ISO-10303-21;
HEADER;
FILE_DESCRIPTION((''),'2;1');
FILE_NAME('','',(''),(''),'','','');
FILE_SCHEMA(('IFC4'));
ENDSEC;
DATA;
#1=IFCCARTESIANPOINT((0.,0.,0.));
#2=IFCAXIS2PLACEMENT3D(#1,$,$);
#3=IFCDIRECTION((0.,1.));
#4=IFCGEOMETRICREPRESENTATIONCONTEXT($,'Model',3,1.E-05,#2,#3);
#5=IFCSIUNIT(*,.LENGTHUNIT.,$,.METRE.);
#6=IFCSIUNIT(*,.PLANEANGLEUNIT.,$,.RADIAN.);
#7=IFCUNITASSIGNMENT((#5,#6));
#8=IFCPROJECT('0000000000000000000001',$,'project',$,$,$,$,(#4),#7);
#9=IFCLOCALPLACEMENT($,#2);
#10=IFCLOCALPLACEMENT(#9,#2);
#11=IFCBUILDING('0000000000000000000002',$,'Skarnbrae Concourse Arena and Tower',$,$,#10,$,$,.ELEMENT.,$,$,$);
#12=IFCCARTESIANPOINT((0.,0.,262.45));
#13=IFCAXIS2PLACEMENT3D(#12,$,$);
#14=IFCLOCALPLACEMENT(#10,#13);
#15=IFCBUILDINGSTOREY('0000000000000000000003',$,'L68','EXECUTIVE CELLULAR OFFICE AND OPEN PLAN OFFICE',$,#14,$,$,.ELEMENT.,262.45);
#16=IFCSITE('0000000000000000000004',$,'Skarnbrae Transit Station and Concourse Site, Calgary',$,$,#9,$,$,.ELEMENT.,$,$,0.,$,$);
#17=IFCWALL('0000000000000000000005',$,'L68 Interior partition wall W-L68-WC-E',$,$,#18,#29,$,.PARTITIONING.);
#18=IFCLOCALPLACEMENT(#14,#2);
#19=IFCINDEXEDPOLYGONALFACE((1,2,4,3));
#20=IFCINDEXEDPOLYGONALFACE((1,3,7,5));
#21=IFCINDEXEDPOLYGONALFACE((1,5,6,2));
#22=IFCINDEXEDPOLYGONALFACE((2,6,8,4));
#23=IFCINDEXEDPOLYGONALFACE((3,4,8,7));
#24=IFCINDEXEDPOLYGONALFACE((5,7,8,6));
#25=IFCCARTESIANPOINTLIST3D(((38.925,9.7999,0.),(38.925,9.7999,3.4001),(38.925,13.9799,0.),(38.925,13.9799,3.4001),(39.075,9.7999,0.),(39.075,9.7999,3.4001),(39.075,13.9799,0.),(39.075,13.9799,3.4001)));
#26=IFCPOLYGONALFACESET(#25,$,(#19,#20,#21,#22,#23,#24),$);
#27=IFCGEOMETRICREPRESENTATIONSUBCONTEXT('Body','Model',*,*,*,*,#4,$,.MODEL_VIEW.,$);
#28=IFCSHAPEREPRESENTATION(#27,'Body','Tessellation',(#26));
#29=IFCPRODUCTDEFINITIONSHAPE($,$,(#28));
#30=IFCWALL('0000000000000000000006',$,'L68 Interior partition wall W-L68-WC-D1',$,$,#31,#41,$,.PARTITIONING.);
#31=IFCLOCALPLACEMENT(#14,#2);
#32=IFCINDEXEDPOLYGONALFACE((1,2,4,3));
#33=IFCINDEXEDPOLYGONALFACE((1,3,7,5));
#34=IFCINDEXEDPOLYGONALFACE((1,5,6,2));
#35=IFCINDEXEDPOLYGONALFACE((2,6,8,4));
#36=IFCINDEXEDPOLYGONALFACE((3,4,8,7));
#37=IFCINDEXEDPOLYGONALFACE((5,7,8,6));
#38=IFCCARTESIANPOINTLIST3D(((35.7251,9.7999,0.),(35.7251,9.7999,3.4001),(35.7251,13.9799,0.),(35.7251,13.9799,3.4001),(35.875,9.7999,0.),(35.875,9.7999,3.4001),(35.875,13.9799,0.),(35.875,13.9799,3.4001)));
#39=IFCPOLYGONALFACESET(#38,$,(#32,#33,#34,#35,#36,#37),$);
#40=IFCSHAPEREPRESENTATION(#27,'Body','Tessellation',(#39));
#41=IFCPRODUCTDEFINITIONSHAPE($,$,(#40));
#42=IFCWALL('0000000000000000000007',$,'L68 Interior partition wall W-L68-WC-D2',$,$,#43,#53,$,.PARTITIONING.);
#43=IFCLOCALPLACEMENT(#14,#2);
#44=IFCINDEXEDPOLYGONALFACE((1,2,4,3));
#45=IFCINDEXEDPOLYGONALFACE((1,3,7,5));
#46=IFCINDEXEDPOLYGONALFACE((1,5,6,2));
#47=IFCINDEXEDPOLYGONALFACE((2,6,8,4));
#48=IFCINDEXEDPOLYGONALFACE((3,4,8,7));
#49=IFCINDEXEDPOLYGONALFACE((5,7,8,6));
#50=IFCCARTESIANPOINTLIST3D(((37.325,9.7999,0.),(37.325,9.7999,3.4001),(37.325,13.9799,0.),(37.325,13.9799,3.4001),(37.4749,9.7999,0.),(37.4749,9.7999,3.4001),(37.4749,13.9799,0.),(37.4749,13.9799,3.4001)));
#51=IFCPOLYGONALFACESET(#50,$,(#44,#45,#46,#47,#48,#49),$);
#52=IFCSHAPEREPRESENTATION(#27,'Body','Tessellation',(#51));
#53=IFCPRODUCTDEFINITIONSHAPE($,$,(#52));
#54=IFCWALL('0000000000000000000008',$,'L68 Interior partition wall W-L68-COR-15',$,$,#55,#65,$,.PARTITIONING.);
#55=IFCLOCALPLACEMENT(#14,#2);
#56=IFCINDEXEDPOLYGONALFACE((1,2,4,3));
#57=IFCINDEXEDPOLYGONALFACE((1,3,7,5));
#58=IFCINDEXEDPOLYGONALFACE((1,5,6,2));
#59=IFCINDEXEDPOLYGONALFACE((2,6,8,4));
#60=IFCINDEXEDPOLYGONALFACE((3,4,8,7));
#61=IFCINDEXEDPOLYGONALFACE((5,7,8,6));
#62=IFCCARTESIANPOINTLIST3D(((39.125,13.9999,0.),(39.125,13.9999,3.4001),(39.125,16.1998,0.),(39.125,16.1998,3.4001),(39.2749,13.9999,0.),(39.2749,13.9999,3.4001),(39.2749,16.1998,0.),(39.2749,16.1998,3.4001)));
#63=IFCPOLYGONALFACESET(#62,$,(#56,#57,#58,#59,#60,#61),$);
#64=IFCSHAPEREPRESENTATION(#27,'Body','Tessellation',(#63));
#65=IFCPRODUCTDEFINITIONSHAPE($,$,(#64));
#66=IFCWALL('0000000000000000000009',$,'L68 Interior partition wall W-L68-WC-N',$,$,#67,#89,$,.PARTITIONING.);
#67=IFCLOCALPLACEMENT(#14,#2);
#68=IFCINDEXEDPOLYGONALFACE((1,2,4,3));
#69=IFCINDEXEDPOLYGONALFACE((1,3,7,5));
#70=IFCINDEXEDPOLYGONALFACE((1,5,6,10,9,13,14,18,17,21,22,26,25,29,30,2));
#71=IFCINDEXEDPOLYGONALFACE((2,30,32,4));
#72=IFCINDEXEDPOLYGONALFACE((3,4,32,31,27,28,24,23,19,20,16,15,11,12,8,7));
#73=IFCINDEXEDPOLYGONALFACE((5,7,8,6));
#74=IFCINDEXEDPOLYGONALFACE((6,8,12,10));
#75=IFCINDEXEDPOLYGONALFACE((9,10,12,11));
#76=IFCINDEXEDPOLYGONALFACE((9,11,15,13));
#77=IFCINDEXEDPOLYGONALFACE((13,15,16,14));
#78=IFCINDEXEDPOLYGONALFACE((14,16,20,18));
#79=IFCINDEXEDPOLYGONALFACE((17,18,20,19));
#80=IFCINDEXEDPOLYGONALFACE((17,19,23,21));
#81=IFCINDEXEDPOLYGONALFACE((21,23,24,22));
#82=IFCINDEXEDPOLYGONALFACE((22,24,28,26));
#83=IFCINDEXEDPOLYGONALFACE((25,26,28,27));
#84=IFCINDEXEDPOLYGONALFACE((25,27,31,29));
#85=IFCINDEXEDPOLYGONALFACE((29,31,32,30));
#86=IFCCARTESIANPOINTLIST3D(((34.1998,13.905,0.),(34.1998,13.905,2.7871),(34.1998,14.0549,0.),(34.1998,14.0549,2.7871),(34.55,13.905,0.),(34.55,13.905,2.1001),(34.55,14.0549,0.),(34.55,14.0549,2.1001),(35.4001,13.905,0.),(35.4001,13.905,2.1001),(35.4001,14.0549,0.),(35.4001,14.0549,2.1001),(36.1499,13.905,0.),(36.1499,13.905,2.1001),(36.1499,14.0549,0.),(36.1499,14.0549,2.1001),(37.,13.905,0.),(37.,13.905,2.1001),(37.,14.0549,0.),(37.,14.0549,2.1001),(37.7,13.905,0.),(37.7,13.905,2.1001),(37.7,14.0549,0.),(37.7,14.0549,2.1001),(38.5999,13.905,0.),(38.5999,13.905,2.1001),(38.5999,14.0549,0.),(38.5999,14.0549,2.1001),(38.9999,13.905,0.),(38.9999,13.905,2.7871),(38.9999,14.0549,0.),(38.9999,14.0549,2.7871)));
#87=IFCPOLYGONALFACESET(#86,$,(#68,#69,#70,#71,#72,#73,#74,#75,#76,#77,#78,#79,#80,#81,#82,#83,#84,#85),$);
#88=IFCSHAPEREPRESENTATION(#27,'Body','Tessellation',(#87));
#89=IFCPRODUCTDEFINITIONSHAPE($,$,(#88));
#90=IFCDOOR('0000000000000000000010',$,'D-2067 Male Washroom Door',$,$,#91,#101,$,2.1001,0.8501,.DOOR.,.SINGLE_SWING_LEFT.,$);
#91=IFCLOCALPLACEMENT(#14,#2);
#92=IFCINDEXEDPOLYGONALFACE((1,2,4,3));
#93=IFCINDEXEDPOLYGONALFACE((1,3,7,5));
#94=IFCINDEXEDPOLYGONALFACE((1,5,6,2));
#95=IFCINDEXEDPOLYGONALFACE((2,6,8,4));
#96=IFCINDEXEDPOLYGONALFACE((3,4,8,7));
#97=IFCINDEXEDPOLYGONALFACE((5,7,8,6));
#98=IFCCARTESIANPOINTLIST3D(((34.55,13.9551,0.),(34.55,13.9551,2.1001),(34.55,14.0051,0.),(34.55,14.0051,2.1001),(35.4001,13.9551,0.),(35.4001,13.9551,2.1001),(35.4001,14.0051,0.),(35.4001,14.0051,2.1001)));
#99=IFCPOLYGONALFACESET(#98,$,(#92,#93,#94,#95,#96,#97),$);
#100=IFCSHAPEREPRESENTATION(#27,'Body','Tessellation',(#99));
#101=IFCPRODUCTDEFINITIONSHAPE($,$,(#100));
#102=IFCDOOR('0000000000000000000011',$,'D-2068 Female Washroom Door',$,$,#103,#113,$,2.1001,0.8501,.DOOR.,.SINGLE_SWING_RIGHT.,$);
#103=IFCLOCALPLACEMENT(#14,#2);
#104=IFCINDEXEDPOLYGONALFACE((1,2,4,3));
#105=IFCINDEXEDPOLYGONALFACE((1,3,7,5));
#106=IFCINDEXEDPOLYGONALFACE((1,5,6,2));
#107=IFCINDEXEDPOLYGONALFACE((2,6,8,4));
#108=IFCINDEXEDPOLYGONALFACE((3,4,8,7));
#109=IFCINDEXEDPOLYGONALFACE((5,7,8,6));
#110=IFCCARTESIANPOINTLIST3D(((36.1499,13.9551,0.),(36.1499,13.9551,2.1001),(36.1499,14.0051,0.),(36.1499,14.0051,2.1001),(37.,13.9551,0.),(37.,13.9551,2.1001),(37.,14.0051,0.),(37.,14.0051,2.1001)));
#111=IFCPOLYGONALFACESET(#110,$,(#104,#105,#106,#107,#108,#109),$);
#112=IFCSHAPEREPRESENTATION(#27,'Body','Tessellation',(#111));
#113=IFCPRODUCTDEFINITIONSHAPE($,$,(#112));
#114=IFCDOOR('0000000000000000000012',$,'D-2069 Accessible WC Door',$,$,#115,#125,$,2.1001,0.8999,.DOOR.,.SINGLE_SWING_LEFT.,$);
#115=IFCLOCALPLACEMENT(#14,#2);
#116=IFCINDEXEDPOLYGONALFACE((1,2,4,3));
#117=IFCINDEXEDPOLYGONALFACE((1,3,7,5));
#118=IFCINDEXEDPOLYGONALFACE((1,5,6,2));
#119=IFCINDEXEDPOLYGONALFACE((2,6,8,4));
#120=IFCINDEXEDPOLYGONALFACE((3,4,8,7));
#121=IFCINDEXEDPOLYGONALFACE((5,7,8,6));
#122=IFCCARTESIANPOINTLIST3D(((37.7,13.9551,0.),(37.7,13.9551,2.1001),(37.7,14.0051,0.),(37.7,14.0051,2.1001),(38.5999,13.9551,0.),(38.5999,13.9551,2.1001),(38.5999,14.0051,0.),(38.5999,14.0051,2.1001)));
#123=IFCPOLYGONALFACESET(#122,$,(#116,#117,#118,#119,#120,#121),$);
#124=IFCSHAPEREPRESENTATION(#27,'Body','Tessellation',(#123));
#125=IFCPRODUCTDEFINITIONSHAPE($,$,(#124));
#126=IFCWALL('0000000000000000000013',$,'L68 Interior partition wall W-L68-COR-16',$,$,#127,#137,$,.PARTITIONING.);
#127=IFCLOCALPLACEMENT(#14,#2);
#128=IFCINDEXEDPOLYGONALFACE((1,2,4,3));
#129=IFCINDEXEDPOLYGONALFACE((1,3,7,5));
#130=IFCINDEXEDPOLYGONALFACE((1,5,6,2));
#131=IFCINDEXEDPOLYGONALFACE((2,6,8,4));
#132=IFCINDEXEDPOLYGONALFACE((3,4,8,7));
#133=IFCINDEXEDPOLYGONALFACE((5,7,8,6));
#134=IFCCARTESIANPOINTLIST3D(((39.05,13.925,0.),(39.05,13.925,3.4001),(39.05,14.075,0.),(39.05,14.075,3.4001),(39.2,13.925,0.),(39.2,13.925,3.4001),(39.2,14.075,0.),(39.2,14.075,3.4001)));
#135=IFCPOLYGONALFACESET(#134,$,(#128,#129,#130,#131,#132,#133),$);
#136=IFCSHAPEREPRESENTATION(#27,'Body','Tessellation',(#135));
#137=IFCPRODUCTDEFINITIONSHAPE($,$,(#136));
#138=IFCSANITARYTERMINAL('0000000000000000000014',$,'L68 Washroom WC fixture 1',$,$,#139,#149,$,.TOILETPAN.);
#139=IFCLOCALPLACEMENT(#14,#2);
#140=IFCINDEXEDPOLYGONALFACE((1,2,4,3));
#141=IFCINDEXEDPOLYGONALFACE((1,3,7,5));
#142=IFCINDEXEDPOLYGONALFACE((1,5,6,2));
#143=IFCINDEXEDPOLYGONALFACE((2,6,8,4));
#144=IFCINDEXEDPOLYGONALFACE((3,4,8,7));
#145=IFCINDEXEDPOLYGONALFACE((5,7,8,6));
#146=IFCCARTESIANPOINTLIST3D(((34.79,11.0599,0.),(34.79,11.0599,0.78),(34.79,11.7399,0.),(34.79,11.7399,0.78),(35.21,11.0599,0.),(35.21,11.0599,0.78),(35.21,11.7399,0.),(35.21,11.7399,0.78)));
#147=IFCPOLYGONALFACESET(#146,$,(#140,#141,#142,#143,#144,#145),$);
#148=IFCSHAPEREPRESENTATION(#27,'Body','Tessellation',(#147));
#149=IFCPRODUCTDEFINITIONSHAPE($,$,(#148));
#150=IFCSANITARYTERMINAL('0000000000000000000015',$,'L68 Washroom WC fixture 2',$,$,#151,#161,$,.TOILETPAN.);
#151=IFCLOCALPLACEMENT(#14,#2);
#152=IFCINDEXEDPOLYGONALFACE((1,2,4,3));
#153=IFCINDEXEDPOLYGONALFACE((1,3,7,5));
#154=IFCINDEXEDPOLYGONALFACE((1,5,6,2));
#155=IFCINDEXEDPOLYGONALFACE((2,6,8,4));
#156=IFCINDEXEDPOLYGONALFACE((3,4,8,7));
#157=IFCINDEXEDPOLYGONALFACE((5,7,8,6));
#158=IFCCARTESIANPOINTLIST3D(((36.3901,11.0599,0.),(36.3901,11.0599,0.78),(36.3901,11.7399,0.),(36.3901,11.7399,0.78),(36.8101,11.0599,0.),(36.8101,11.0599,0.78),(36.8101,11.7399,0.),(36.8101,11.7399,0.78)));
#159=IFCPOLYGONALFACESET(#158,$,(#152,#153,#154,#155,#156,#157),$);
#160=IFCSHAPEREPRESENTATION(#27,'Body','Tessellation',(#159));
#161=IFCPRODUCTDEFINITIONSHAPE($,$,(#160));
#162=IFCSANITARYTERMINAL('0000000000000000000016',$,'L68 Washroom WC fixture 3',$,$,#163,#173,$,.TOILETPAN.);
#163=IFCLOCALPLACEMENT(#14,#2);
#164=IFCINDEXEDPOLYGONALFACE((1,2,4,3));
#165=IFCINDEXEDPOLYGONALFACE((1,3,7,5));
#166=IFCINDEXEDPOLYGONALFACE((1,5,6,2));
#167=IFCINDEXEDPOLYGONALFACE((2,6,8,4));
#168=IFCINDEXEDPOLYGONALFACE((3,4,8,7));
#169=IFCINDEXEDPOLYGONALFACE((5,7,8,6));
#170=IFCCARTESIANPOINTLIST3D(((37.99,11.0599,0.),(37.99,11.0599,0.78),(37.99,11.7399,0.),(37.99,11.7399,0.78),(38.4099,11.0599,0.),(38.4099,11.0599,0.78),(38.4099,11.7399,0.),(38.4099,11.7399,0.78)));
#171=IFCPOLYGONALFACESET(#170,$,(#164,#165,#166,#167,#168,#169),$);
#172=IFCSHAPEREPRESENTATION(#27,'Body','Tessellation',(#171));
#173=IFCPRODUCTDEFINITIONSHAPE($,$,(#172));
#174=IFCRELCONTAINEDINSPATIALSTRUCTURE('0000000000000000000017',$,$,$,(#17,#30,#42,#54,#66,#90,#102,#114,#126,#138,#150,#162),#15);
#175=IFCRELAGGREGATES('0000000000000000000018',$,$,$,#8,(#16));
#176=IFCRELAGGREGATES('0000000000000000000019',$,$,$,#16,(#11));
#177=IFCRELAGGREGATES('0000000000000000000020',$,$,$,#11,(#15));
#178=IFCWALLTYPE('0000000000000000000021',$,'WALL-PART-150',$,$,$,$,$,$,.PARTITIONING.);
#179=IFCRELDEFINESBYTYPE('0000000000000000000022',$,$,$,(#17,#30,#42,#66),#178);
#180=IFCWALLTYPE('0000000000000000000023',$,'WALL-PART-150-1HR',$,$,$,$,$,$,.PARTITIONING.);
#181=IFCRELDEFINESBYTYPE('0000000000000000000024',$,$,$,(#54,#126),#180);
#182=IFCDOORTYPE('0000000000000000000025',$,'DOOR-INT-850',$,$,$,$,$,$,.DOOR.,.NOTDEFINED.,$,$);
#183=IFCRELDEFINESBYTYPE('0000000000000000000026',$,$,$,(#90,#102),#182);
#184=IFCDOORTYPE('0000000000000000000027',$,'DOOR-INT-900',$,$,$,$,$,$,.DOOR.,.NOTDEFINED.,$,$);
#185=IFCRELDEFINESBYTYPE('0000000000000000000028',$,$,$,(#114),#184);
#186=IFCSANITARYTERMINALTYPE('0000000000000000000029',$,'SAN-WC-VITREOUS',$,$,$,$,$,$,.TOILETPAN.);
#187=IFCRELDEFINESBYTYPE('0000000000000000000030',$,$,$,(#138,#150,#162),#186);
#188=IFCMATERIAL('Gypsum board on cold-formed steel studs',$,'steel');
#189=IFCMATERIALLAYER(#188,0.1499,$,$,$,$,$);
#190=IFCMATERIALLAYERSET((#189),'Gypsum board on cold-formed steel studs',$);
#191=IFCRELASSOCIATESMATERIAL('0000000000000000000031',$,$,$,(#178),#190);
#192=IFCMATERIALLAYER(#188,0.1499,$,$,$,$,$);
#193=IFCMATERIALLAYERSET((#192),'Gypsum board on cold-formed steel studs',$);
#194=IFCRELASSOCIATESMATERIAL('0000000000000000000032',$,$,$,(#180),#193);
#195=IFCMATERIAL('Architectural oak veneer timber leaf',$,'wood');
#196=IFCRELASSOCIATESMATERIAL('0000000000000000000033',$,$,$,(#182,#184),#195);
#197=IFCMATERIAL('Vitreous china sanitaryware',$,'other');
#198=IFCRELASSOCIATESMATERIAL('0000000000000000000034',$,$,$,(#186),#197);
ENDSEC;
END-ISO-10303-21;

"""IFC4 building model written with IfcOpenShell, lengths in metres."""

from ifc_helpers import new_model, si_unit, direction, frame, frame_2d, origin, origin_2d, place, context, subcontext, project, spatial, rectangle, extrude, source, transform, mapped, material, layer, layer_set, type_object, element, fill, save


model = new_model("IFC4")

# Units and contexts
model_context = context("Model", 3, precision=1e-05, world=origin(), true_north=direction((0.0, 1.0)))
body_context = subcontext(model_context, "Body", "Model", "MODEL_VIEW")
ifc_project = project(units=[si_unit("LENGTHUNIT", "METRE"), si_unit("PLANEANGLEUNIT", "RADIAN")], contexts=[model_context])

# Site, building, storey
site_placement = place(None, origin())
site = spatial("IfcSite", under=ifc_project, at=site_placement, Name="Skarnbrae Transit Station and Concourse Site, Calgary", CompositionType="ELEMENT", RefElevation=0.0)
building_placement = place(site_placement, origin())
building = spatial("IfcBuilding", under=site, at=building_placement, Name="Skarnbrae Concourse Arena and Tower", CompositionType="ELEMENT")
storey_placement = place(building_placement, frame((0.0, 0.0, 262.45)))
storey = spatial("IfcBuildingStorey", under=building, at=storey_placement, Name="L68", Description="EXECUTIVE CELLULAR OFFICE AND OPEN PLAN OFFICE", CompositionType="ELEMENT", Elevation=262.45)

# Walls
ifc_material_1 = material(Name="Gypsum board on cold-formed steel studs", Category="steel")
ifc_layer_1 = layer(ifc_material_1, 0.1499)
ifc_layer_set_1 = layer_set([ifc_layer_1], Name="Gypsum board on cold-formed steel studs")
wall_type_1 = type_object("IfcWallType", Name="WALL-PART-150", PredefinedType="PARTITIONING", material=ifc_layer_set_1)
shared_shape_1 = source(origin(), body_context, "Body", "SweptSolid", [
    extrude(rectangle(XDim=4.1799, YDim=0.1499, at=frame_2d((2.0898, 0.0))), origin(), (0.0, 0.0, 1.0), 3.4001),
])
for number, where, z_axis, x_axis, name in (
    (1, (39.0, 9.8, 0.0), (0.0, 0.0, 1.0), (0.0, 1.0, 0.0), "L68 Interior partition wall W-L68-WC-E"),
    (2, (35.8, 9.8, 0.0), (0.0, 0.0, 1.0), (0.0, 1.0, 0.0), "L68 Interior partition wall W-L68-WC-D1"),
    (3, (37.3999, 9.8, 0.0), (0.0, 0.0, 1.0), (0.0, 1.0, 0.0), "L68 Interior partition wall W-L68-WC-D2"),
):
    element("IfcWall", number, at=place(storey_placement, frame(where, z_axis=z_axis, x_axis=x_axis)), inside=storey, type_object=wall_type_1, Name=name, PredefinedType="PARTITIONING", context=body_context, shape_type="MappedRepresentation", body=[
        mapped(shared_shape_1, transform((0.0, 0.0, 0.0))),
    ])
ifc_layer_2 = layer(ifc_material_1, 0.1499)
ifc_layer_set_2 = layer_set([ifc_layer_2], Name="Gypsum board on cold-formed steel studs")
wall_type_2 = type_object("IfcWallType", Name="WALL-PART-150-1HR", PredefinedType="PARTITIONING", material=ifc_layer_set_2)
shared_shape_2 = source(origin(), body_context, "Body", "SweptSolid", [
    extrude(rectangle(XDim=2.2, YDim=0.1499, at=frame_2d((1.1001, 0.0))), origin(), (0.0, 0.0, 1.0), 3.4001),
])
wall_1_placement = place(storey_placement, frame((39.2, 16.2, 0.0), z_axis=(0.0, 0.0, 1.0), x_axis=(0.0, -1.0, 0.0)))
element("IfcWall", 4, at=wall_1_placement, inside=storey, type_object=wall_type_2, Name="L68 Interior partition wall W-L68-COR-15", PredefinedType="PARTITIONING", context=body_context, shape_type="MappedRepresentation", body=[
    mapped(shared_shape_2, transform((0.0, 0.0, 0.0))),
])

# Wall, openings, doors
shared_shape_3 = source(origin(), body_context, "Body", "SweptSolid", [
    extrude(rectangle(XDim=4.8, YDim=0.1499, at=frame_2d((2.3999, 0.0))), origin(), (0.0, 0.0, 1.0), 2.7871),
])
wall_2_placement = place(storey_placement, frame((34.2, 13.98, 0.0), z_axis=(0.0, 0.0, 1.0), x_axis=(1.0, 0.0, 0.0)))
wall_2 = element("IfcWall", 5, at=wall_2_placement, inside=storey, type_object=wall_type_1, Name="L68 Interior partition wall W-L68-WC-N", PredefinedType="PARTITIONING", context=body_context, shape_type="MappedRepresentation", body=[
    mapped(shared_shape_3, transform((0.0, 0.0, 0.0))),
])
opening_1_placement = place(wall_2_placement, frame((0.3501, 0.0, 0.0)))
opening_1 = element("IfcOpeningElement", 6, at=opening_1_placement, cuts=wall_2, PredefinedType="OPENING", context=body_context, shape_type="SweptSolid", body=[
    extrude(rectangle(XDim=0.8501, YDim=2.1001, at=frame_2d((0.425, 1.05))), frame((0.0, 0.085, 0.0), z_axis=(0.0, -1.0, 0.0), x_axis=(1.0, 0.0, 0.0)), (0.0, 0.0, 1.0), 0.1699),
])
opening_2_placement = place(wall_2_placement, frame((1.95, 0.0, 0.0)))
opening_2 = element("IfcOpeningElement", 7, at=opening_2_placement, cuts=wall_2, PredefinedType="OPENING", context=body_context, shape_type="SweptSolid", body=[
    extrude(rectangle(XDim=0.8501, YDim=2.1001, at=frame_2d((0.425, 1.05))), frame((0.0, 0.085, 0.0), z_axis=(0.0, -1.0, 0.0), x_axis=(1.0, 0.0, 0.0)), (0.0, 0.0, 1.0), 0.1699),
])
opening_3_placement = place(wall_2_placement, frame((3.5, 0.0, 0.0)))
opening_3 = element("IfcOpeningElement", 8, at=opening_3_placement, cuts=wall_2, PredefinedType="OPENING", context=body_context, shape_type="SweptSolid", body=[
    extrude(rectangle(XDim=0.8999, YDim=2.1001, at=frame_2d((0.45, 1.05))), frame((0.0, 0.085, 0.0), z_axis=(0.0, -1.0, 0.0), x_axis=(1.0, 0.0, 0.0)), (0.0, 0.0, 1.0), 0.1699),
])
ifc_material_2 = material(Name="Architectural oak veneer timber leaf", Category="wood")
door_type_1 = type_object("IfcDoorType", Name="DOOR-INT-850", OperationType="NOTDEFINED", PredefinedType="DOOR", material=ifc_material_2)
shared_shape_4 = source(origin(), body_context, "Body", "SweptSolid", [
    extrude(rectangle(XDim=0.8501, YDim=2.1001, at=frame_2d((0.425, 1.05))), frame((0.0, 0.0249, 0.0), z_axis=(0.0, -1.0, 0.0), x_axis=(1.0, 0.0, 0.0)), (0.0, 0.0, 1.0), 0.05),
])
door_1_placement = place(opening_1_placement, frame((0.8501, 0.0, 0.0), z_axis=(0.0, 0.0, 1.0), x_axis=(-1.0, 0.0, 0.0)))
door_1 = element("IfcDoor", 9, at=door_1_placement, inside=storey, type_object=door_type_1, Name="D-2067 Male Washroom Door", OperationType="SINGLE_SWING_LEFT", OverallHeight=2.1001, OverallWidth=0.8501, PredefinedType="DOOR", context=body_context, shape_type="MappedRepresentation", body=[
    mapped(shared_shape_4, transform((0.0, 0.0, 0.0))),
])
fill(opening_1, door_1)
door_2_placement = place(opening_2_placement, frame((0.8501, 0.0, 0.0), z_axis=(0.0, 0.0, 1.0), x_axis=(-1.0, 0.0, 0.0)))
door_2 = element("IfcDoor", 10, at=door_2_placement, inside=storey, type_object=door_type_1, Name="D-2068 Female Washroom Door", OperationType="SINGLE_SWING_RIGHT", OverallHeight=2.1001, OverallWidth=0.8501, PredefinedType="DOOR", context=body_context, shape_type="MappedRepresentation", body=[
    mapped(shared_shape_4, transform((0.0, 0.0, 0.0))),
])
fill(opening_2, door_2)
door_type_2 = type_object("IfcDoorType", Name="DOOR-INT-900", OperationType="NOTDEFINED", PredefinedType="DOOR", material=ifc_material_2)
shared_shape_5 = source(origin(), body_context, "Body", "SweptSolid", [
    extrude(rectangle(XDim=0.8999, YDim=2.1001, at=frame_2d((0.45, 1.05))), frame((0.0, 0.0249, 0.0), z_axis=(0.0, -1.0, 0.0), x_axis=(1.0, 0.0, 0.0)), (0.0, 0.0, 1.0), 0.05),
])
door_3_placement = place(opening_3_placement, frame((0.8999, 0.0, 0.0), z_axis=(0.0, 0.0, 1.0), x_axis=(-1.0, 0.0, 0.0)))
door_3 = element("IfcDoor", 11, at=door_3_placement, inside=storey, type_object=door_type_2, Name="D-2069 Accessible WC Door", OperationType="SINGLE_SWING_LEFT", OverallHeight=2.1001, OverallWidth=0.8999, PredefinedType="DOOR", context=body_context, shape_type="MappedRepresentation", body=[
    mapped(shared_shape_5, transform((0.0, 0.0, 0.0))),
])
fill(opening_3, door_3)

# Wall
shared_shape_6 = source(origin(), body_context, "Body", "SweptSolid", [
    extrude(rectangle(XDim=0.1499, YDim=0.1499, at=frame_2d((0.075, 0.0))), origin(), (0.0, 0.0, 1.0), 3.4001),
])
wall_3_placement = place(storey_placement, frame((39.2, 14.0, 0.0), z_axis=(0.0, 0.0, 1.0), x_axis=(-1.0, 0.0, 0.0)))
element("IfcWall", 12, at=wall_3_placement, inside=storey, type_object=wall_type_2, Name="L68 Interior partition wall W-L68-COR-16", PredefinedType="PARTITIONING", context=body_context, shape_type="MappedRepresentation", body=[
    mapped(shared_shape_6, transform((0.0, 0.0, 0.0))),
])

# Sanitary terminals
ifc_material_3 = material(Name="Vitreous china sanitaryware", Category="other")
sanitary_terminal_type = type_object("IfcSanitaryTerminalType", Name="SAN-WC-VITREOUS", PredefinedType="TOILETPAN", material=ifc_material_3)
shared_shape_7 = source(origin(), body_context, "Body", "SweptSolid", [
    extrude(rectangle(XDim=0.4199, YDim=0.6799, at=origin_2d()), origin(), (0.0, 0.0, 1.0), 0.78),
])
for number, where, z_axis, x_axis, name in (
    (13, (35.0, 11.3999, 0.0), (0.0, 0.0, 1.0), (1.0, 0.0, 0.0), "L68 Washroom WC fixture 1"),
    (14, (36.6001, 11.3999, 0.0), (0.0, 0.0, 1.0), (1.0, 0.0, 0.0), "L68 Washroom WC fixture 2"),
    (15, (38.2, 11.3999, 0.0), (0.0, 0.0, 1.0), (1.0, 0.0, 0.0), "L68 Washroom WC fixture 3"),
):
    element("IfcSanitaryTerminal", number, at=place(storey_placement, frame(where, z_axis=z_axis, x_axis=x_axis)), inside=storey, type_object=sanitary_terminal_type, Name=name, PredefinedType="TOILETPAN", context=body_context, shape_type="MappedRepresentation", body=[
        mapped(shared_shape_7, transform((0.0, 0.0, 0.0))),
    ])

save(model, "model.ifc")
